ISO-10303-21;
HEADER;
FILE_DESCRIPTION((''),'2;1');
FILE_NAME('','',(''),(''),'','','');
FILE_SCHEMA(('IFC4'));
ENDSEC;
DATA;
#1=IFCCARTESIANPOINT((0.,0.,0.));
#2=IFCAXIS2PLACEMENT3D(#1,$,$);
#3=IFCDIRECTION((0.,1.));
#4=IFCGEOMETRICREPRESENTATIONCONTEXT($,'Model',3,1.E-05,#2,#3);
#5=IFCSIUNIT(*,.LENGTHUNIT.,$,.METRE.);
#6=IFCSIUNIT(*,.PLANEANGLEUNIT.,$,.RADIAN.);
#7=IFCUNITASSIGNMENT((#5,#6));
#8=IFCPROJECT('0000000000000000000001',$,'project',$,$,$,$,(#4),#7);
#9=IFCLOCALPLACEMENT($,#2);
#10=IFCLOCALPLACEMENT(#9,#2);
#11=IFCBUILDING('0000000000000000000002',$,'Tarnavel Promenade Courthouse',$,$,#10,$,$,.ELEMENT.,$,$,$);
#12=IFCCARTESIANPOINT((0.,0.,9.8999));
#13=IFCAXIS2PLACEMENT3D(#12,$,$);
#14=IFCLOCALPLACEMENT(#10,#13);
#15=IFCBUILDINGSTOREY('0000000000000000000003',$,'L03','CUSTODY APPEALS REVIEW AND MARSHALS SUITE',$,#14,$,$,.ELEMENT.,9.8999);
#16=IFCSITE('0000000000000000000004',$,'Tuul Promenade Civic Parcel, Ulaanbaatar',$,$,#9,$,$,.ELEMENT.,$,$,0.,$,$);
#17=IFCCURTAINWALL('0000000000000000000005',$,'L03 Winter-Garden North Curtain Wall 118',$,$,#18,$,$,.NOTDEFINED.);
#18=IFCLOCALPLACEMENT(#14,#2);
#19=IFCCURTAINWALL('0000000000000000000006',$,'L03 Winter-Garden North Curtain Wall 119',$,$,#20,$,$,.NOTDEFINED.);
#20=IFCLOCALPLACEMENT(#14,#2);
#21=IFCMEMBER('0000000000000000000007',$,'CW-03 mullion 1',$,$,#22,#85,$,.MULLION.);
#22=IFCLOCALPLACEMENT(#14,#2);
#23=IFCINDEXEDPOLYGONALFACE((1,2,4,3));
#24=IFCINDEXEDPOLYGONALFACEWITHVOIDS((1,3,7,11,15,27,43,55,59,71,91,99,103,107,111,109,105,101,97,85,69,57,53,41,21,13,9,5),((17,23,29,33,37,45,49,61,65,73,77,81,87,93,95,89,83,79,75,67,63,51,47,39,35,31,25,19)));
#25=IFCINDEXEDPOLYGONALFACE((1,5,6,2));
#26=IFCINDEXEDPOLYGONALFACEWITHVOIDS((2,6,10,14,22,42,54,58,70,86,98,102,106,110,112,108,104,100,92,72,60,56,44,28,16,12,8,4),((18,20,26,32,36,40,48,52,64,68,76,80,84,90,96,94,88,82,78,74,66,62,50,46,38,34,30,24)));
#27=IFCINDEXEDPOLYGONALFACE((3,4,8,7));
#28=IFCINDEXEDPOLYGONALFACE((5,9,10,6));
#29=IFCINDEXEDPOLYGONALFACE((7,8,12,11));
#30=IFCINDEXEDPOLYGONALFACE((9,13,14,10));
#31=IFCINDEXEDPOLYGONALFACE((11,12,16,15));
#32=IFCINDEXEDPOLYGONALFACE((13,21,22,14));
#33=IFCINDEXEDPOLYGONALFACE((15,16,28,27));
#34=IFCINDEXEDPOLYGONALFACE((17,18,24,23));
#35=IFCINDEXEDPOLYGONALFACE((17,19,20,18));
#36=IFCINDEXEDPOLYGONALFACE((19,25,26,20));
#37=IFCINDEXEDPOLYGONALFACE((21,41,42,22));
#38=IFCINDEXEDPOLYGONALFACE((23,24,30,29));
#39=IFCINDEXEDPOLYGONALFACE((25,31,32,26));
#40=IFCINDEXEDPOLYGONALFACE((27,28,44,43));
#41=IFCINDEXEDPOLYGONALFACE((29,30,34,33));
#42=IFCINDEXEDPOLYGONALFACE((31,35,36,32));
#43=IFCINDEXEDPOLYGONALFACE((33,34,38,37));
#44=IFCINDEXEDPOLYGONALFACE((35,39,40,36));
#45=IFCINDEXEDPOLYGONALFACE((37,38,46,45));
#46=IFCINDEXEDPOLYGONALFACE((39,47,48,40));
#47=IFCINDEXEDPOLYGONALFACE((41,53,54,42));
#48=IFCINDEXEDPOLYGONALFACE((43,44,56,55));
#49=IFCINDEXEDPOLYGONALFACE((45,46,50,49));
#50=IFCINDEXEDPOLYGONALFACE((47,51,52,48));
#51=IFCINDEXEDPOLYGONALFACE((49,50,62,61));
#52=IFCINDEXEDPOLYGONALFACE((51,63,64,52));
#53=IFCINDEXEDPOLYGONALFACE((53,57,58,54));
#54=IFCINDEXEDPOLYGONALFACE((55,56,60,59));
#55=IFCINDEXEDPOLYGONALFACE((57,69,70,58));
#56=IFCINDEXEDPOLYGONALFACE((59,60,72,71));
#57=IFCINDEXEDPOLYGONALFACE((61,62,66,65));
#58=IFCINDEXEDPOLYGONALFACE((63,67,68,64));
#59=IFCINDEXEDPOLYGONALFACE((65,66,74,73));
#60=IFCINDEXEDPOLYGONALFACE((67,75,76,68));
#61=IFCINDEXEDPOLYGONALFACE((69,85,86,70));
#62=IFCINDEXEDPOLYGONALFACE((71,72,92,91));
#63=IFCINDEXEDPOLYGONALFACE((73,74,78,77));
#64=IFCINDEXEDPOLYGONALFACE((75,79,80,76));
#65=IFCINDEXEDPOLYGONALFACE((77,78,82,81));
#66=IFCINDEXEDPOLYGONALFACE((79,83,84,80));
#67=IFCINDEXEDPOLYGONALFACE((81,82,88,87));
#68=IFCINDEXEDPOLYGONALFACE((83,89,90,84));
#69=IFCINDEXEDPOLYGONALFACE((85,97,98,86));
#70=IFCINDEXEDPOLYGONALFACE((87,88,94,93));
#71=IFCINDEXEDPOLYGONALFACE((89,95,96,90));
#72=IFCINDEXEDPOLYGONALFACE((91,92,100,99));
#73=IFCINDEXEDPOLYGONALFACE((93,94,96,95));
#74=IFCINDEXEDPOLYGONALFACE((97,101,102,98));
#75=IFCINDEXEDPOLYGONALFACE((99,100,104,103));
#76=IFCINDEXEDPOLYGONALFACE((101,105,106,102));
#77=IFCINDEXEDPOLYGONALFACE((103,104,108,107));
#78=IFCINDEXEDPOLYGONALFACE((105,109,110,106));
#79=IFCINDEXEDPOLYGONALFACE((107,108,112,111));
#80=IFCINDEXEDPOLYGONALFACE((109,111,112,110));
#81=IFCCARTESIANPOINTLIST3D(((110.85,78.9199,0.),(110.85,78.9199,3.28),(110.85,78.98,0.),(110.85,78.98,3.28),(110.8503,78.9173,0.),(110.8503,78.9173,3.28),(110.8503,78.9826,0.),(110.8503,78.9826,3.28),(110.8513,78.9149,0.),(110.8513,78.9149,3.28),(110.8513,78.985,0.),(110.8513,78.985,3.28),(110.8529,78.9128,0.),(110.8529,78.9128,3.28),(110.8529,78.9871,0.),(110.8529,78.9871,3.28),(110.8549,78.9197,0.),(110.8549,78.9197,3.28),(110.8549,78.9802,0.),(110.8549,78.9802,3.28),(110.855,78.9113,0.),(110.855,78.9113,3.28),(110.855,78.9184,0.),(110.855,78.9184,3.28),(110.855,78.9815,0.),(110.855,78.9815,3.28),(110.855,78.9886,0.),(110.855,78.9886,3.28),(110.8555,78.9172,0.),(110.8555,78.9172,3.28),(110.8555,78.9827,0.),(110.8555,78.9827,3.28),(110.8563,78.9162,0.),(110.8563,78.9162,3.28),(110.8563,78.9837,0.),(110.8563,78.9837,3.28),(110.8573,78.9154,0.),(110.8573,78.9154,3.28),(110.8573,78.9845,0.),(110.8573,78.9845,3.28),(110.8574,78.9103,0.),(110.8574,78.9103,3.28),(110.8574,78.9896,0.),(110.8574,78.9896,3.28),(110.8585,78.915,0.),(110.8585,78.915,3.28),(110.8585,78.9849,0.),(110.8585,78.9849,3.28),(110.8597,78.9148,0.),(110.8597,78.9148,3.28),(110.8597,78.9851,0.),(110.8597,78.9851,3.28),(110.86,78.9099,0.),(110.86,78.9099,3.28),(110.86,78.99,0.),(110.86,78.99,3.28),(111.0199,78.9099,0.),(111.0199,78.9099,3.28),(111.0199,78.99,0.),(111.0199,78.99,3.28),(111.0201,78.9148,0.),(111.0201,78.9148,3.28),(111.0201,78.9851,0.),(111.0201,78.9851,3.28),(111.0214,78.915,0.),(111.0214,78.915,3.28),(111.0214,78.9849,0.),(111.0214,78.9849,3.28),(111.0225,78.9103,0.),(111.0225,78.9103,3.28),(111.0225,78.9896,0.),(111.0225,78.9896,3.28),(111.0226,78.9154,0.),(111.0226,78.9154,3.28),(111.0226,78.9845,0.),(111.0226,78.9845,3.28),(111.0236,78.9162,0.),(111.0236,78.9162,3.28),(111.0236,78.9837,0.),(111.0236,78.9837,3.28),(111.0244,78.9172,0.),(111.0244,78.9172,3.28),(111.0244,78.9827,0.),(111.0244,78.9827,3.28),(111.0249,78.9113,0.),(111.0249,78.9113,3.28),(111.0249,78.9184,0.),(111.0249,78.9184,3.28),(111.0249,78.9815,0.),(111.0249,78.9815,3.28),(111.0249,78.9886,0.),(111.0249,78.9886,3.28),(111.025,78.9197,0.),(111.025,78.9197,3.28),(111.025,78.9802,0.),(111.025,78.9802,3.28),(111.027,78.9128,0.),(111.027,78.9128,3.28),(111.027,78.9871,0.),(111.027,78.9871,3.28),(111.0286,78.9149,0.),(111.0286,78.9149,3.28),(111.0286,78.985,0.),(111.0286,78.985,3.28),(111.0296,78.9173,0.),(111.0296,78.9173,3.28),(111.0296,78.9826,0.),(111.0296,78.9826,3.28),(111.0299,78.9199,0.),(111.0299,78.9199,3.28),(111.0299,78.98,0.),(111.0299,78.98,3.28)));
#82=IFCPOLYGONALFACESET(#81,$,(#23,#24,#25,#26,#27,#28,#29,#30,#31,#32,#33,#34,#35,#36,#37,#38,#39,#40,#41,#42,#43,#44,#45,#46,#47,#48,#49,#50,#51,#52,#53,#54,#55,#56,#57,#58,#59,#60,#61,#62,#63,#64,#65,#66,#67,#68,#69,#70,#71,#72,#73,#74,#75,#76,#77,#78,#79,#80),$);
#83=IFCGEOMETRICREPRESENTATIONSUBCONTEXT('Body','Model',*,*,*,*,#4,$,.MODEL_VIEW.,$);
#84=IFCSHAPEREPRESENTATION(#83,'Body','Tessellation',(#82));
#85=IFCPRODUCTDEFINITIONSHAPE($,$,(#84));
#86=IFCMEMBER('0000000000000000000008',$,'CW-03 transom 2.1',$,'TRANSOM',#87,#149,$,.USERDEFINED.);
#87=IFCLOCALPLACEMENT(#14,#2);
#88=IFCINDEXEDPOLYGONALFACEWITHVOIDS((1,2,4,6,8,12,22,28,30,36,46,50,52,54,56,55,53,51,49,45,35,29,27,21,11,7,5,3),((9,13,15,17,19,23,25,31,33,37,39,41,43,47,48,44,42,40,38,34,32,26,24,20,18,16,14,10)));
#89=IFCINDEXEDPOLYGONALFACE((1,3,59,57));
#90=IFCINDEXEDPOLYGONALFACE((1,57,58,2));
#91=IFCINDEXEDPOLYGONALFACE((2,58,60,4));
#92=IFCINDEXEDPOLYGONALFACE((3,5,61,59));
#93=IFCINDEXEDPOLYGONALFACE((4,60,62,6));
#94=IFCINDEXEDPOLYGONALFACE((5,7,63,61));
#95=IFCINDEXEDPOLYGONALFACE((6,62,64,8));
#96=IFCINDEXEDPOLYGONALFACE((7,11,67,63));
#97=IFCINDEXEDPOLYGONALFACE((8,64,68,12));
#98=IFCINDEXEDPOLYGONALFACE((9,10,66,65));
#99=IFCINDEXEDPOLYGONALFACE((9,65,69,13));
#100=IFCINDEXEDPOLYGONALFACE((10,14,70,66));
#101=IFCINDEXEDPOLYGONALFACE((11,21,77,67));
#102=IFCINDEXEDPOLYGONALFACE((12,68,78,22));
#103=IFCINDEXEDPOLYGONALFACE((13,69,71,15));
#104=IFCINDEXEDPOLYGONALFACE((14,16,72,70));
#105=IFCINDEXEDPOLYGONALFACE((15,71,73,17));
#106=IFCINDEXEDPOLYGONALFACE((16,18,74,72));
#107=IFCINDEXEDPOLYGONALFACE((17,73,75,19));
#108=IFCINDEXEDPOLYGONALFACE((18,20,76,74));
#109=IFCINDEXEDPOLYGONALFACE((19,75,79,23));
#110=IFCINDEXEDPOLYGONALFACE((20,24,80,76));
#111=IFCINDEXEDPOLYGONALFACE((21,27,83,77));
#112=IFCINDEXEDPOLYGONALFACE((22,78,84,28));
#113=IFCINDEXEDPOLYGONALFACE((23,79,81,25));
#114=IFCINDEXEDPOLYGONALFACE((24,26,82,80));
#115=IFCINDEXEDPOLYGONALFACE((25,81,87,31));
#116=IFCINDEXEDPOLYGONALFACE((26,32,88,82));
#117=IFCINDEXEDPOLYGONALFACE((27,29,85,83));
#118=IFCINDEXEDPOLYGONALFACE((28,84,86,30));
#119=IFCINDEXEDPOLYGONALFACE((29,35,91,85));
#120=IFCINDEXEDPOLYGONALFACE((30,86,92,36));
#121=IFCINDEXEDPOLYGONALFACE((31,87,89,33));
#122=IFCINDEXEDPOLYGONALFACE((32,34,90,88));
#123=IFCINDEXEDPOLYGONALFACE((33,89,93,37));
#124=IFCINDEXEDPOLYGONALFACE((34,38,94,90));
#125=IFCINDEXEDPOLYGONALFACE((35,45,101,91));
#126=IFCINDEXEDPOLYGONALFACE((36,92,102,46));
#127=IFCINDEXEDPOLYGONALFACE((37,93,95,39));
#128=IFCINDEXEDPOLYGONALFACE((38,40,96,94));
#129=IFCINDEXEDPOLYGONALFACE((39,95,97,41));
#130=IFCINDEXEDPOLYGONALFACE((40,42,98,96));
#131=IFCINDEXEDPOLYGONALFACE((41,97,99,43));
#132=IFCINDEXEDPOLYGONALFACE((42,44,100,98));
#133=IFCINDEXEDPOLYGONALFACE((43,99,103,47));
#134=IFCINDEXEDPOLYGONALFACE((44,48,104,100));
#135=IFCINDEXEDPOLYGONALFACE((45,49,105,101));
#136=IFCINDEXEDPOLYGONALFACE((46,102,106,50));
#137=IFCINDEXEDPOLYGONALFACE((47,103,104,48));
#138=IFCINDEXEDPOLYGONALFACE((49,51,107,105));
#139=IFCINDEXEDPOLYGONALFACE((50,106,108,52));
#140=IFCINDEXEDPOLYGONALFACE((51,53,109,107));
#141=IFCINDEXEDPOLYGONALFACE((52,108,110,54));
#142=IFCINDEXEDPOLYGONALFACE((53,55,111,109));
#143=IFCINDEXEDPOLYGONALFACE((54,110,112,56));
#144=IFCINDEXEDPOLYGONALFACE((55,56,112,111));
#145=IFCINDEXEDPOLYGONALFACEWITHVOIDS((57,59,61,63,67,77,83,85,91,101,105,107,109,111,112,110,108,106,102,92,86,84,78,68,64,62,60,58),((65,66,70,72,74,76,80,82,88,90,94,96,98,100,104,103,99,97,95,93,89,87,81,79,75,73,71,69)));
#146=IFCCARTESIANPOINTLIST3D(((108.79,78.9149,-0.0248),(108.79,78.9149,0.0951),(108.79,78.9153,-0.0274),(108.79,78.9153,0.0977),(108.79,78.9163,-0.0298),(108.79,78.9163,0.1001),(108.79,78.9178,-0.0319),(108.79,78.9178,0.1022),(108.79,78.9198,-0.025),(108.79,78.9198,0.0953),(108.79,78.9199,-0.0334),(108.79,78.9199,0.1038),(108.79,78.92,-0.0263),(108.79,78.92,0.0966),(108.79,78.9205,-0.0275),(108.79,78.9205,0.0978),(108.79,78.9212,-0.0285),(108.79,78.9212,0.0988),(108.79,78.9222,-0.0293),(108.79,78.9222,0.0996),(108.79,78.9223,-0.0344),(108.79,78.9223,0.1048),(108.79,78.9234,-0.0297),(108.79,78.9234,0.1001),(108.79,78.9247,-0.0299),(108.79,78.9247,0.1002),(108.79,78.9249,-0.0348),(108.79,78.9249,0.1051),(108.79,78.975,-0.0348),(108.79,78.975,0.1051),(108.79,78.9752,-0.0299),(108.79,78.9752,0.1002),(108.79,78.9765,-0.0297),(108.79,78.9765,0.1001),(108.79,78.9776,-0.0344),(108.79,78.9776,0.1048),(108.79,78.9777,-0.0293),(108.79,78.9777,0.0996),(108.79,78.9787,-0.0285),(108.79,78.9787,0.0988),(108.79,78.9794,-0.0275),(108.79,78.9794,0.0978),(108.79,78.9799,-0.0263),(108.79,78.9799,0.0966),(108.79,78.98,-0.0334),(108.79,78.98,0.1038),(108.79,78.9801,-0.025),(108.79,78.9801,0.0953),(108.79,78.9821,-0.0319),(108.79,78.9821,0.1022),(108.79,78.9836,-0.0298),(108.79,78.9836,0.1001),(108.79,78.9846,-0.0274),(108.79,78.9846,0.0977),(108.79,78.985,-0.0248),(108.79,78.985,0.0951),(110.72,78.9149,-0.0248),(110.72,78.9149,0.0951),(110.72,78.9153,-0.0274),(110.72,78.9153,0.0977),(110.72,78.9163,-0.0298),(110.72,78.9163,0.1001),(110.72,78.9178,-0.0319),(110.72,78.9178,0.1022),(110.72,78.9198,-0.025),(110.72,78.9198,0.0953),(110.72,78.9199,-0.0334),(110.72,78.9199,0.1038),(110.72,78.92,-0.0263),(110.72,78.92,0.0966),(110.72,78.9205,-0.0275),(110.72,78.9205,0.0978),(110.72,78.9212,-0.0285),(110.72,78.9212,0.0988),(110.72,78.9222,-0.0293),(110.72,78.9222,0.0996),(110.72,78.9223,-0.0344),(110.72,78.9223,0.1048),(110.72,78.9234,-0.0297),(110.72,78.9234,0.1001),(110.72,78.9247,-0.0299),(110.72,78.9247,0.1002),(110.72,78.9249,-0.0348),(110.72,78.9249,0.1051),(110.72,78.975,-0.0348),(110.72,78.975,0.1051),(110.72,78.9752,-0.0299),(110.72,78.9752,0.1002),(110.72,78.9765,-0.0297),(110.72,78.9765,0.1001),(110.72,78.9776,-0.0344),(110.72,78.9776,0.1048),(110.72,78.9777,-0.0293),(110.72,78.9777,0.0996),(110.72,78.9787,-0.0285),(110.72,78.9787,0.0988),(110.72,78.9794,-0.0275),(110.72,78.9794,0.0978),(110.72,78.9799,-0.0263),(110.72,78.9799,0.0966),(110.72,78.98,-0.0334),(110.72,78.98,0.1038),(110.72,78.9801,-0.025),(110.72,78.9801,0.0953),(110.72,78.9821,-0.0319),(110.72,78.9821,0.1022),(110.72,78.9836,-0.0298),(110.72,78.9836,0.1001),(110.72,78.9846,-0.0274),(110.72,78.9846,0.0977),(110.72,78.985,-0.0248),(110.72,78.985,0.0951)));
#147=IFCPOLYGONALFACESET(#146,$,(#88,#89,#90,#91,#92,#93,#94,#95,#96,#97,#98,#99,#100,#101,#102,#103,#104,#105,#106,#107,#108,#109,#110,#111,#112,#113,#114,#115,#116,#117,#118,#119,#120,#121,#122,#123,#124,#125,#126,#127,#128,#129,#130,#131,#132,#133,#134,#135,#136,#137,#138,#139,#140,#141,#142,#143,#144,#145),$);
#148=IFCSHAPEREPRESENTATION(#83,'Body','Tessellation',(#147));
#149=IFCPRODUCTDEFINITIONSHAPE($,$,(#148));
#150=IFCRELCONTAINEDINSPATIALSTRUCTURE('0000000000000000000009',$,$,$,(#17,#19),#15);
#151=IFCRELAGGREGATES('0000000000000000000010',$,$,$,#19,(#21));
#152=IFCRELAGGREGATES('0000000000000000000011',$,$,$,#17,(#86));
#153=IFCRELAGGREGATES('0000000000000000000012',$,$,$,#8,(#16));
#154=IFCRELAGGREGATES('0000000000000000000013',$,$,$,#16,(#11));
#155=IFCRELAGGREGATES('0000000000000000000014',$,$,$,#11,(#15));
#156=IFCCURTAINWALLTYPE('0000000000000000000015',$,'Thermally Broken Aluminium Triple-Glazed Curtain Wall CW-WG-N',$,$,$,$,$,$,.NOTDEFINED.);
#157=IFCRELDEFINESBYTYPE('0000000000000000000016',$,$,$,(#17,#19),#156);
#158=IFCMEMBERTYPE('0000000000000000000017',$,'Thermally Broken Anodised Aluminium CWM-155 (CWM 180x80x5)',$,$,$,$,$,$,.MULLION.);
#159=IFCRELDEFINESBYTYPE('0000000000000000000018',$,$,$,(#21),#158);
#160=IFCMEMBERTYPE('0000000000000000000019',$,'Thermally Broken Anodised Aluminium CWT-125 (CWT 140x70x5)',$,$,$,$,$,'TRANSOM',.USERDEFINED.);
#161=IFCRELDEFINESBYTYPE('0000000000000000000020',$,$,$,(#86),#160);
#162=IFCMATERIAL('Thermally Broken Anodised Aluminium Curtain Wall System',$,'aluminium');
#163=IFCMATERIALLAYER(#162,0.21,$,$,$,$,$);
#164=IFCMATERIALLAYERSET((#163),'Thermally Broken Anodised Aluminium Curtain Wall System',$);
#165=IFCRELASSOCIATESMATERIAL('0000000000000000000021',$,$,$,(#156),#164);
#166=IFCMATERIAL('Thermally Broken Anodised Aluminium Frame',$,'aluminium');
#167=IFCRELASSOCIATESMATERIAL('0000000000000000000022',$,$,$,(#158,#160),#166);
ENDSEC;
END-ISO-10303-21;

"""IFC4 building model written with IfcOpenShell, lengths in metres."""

from ifc_helpers import new_model, si_unit, direction, frame, origin, origin_2d, place, context, subcontext, project, spatial, hollow_rectangle, extrude, material, layer, layer_set, material_profile, profile_set, type_object, element, aggregate, save


model = new_model("IFC4")

# Units and contexts
model_context = context("Model", 3, precision=1e-05, world=origin(), true_north=direction((0.0, 1.0)))
body_context = subcontext(model_context, "Body", "Model", "MODEL_VIEW")
ifc_project = project(units=[si_unit("LENGTHUNIT", "METRE"), si_unit("PLANEANGLEUNIT", "RADIAN")], contexts=[model_context])

# Site, building, storey
site_placement = place(None, origin())
site = spatial("IfcSite", under=ifc_project, at=site_placement, Name="Tuul Promenade Civic Parcel, Ulaanbaatar", CompositionType="ELEMENT", RefElevation=0.0)
building_placement = place(site_placement, origin())
building = spatial("IfcBuilding", under=site, at=building_placement, Name="Tarnavel Promenade Courthouse", CompositionType="ELEMENT")
storey_placement = place(building_placement, frame((0.0, 0.0, 9.8999)))
storey = spatial("IfcBuildingStorey", under=building, at=storey_placement, Name="L03", Description="CUSTODY APPEALS REVIEW AND MARSHALS SUITE", CompositionType="ELEMENT", Elevation=9.8999)

# Curtain wall
ifc_material_1 = material(Name="Thermally Broken Anodised Aluminium Curtain Wall System", Category="aluminium")
ifc_layer_1 = layer(ifc_material_1, 0.21)
ifc_layer_set_1 = layer_set([ifc_layer_1], Name="Thermally Broken Anodised Aluminium Curtain Wall System")
curtain_wall_type = type_object("IfcCurtainWallType", Name="Thermally Broken Aluminium Triple-Glazed Curtain Wall CW-WG-N", PredefinedType="NOTDEFINED", material=ifc_layer_set_1)
curtain_wall_1_placement = place(storey_placement, origin())
curtain_wall_1 = element("IfcCurtainWall", 1, at=curtain_wall_1_placement, inside=storey, type_object=curtain_wall_type, Name="L03 Winter-Garden North Curtain Wall 118", PredefinedType="NOTDEFINED")
ifc_material_2 = material(Name="Thermally Broken Anodised Aluminium Frame", Category="aluminium")
ifc_material_profile_1 = material_profile(ifc_material_2, hollow_rectangle(XDim=0.0801, YDim=0.1799, WallThickness=0.0049, InnerFilletRadius=0.0049, OuterFilletRadius=0.01, at=origin_2d()), Name="CWM 180x80x5")
ifc_profile_set_1 = profile_set([ifc_material_profile_1], Name="Thermally Broken Anodised Aluminium Frame")
member_type_1 = type_object("IfcMemberType", Name="Thermally Broken Anodised Aluminium CWM-155 (CWM 180x80x5)", PredefinedType="MULLION", material=ifc_profile_set_1)

# Curtain wall, member
curtain_wall_2_placement = place(storey_placement, origin())
curtain_wall_2 = element("IfcCurtainWall", 2, at=curtain_wall_2_placement, inside=storey, type_object=curtain_wall_type, Name="L03 Winter-Garden North Curtain Wall 119", PredefinedType="NOTDEFINED")
member_1_placement = place(storey_placement, frame((110.9399, 78.95, 0.0), z_axis=(0.0, 0.0, 1.0), x_axis=(0.0, 1.0, 0.0)))
member_1 = element("IfcMember", 3, at=member_1_placement, type_object=member_type_1, Name="CW-03 mullion 1", PredefinedType="MULLION", context=body_context, shape_type="SweptSolid", body=[
    extrude(hollow_rectangle(XDim=0.0801, YDim=0.1799, WallThickness=0.0049, InnerFilletRadius=0.0049, OuterFilletRadius=0.01, at=origin_2d()), origin(), (0.0, 0.0, 1.0), 3.28),
])

# Member
ifc_material_profile_2 = material_profile(ifc_material_2, hollow_rectangle(XDim=0.0701, YDim=0.1399, WallThickness=0.0049, InnerFilletRadius=0.0049, OuterFilletRadius=0.01, at=origin_2d()), Name="CWT 140x70x5")
ifc_profile_set_2 = profile_set([ifc_material_profile_2], Name="Thermally Broken Anodised Aluminium Frame")
member_type_2 = type_object("IfcMemberType", Name="Thermally Broken Anodised Aluminium CWT-125 (CWT 140x70x5)", ElementType="TRANSOM", PredefinedType="USERDEFINED", material=ifc_profile_set_2)
member_2_placement = place(storey_placement, frame((108.79, 78.95, 0.0352), z_axis=(1.0, 0.0, 0.0), x_axis=(0.0, 1.0, 0.0)))
member_2 = element("IfcMember", 4, at=member_2_placement, type_object=member_type_2, Name="CW-03 transom 2.1", ObjectType="TRANSOM", PredefinedType="USERDEFINED", context=body_context, shape_type="SweptSolid", body=[
    extrude(hollow_rectangle(XDim=0.0701, YDim=0.1399, WallThickness=0.0049, InnerFilletRadius=0.0049, OuterFilletRadius=0.01, at=origin_2d()), origin(), (0.0, 0.0, 1.0), 1.9299),
])
aggregate(curtain_wall_2, [member_1])

aggregate(curtain_wall_1, [member_2])

save(model, "model.ifc")
